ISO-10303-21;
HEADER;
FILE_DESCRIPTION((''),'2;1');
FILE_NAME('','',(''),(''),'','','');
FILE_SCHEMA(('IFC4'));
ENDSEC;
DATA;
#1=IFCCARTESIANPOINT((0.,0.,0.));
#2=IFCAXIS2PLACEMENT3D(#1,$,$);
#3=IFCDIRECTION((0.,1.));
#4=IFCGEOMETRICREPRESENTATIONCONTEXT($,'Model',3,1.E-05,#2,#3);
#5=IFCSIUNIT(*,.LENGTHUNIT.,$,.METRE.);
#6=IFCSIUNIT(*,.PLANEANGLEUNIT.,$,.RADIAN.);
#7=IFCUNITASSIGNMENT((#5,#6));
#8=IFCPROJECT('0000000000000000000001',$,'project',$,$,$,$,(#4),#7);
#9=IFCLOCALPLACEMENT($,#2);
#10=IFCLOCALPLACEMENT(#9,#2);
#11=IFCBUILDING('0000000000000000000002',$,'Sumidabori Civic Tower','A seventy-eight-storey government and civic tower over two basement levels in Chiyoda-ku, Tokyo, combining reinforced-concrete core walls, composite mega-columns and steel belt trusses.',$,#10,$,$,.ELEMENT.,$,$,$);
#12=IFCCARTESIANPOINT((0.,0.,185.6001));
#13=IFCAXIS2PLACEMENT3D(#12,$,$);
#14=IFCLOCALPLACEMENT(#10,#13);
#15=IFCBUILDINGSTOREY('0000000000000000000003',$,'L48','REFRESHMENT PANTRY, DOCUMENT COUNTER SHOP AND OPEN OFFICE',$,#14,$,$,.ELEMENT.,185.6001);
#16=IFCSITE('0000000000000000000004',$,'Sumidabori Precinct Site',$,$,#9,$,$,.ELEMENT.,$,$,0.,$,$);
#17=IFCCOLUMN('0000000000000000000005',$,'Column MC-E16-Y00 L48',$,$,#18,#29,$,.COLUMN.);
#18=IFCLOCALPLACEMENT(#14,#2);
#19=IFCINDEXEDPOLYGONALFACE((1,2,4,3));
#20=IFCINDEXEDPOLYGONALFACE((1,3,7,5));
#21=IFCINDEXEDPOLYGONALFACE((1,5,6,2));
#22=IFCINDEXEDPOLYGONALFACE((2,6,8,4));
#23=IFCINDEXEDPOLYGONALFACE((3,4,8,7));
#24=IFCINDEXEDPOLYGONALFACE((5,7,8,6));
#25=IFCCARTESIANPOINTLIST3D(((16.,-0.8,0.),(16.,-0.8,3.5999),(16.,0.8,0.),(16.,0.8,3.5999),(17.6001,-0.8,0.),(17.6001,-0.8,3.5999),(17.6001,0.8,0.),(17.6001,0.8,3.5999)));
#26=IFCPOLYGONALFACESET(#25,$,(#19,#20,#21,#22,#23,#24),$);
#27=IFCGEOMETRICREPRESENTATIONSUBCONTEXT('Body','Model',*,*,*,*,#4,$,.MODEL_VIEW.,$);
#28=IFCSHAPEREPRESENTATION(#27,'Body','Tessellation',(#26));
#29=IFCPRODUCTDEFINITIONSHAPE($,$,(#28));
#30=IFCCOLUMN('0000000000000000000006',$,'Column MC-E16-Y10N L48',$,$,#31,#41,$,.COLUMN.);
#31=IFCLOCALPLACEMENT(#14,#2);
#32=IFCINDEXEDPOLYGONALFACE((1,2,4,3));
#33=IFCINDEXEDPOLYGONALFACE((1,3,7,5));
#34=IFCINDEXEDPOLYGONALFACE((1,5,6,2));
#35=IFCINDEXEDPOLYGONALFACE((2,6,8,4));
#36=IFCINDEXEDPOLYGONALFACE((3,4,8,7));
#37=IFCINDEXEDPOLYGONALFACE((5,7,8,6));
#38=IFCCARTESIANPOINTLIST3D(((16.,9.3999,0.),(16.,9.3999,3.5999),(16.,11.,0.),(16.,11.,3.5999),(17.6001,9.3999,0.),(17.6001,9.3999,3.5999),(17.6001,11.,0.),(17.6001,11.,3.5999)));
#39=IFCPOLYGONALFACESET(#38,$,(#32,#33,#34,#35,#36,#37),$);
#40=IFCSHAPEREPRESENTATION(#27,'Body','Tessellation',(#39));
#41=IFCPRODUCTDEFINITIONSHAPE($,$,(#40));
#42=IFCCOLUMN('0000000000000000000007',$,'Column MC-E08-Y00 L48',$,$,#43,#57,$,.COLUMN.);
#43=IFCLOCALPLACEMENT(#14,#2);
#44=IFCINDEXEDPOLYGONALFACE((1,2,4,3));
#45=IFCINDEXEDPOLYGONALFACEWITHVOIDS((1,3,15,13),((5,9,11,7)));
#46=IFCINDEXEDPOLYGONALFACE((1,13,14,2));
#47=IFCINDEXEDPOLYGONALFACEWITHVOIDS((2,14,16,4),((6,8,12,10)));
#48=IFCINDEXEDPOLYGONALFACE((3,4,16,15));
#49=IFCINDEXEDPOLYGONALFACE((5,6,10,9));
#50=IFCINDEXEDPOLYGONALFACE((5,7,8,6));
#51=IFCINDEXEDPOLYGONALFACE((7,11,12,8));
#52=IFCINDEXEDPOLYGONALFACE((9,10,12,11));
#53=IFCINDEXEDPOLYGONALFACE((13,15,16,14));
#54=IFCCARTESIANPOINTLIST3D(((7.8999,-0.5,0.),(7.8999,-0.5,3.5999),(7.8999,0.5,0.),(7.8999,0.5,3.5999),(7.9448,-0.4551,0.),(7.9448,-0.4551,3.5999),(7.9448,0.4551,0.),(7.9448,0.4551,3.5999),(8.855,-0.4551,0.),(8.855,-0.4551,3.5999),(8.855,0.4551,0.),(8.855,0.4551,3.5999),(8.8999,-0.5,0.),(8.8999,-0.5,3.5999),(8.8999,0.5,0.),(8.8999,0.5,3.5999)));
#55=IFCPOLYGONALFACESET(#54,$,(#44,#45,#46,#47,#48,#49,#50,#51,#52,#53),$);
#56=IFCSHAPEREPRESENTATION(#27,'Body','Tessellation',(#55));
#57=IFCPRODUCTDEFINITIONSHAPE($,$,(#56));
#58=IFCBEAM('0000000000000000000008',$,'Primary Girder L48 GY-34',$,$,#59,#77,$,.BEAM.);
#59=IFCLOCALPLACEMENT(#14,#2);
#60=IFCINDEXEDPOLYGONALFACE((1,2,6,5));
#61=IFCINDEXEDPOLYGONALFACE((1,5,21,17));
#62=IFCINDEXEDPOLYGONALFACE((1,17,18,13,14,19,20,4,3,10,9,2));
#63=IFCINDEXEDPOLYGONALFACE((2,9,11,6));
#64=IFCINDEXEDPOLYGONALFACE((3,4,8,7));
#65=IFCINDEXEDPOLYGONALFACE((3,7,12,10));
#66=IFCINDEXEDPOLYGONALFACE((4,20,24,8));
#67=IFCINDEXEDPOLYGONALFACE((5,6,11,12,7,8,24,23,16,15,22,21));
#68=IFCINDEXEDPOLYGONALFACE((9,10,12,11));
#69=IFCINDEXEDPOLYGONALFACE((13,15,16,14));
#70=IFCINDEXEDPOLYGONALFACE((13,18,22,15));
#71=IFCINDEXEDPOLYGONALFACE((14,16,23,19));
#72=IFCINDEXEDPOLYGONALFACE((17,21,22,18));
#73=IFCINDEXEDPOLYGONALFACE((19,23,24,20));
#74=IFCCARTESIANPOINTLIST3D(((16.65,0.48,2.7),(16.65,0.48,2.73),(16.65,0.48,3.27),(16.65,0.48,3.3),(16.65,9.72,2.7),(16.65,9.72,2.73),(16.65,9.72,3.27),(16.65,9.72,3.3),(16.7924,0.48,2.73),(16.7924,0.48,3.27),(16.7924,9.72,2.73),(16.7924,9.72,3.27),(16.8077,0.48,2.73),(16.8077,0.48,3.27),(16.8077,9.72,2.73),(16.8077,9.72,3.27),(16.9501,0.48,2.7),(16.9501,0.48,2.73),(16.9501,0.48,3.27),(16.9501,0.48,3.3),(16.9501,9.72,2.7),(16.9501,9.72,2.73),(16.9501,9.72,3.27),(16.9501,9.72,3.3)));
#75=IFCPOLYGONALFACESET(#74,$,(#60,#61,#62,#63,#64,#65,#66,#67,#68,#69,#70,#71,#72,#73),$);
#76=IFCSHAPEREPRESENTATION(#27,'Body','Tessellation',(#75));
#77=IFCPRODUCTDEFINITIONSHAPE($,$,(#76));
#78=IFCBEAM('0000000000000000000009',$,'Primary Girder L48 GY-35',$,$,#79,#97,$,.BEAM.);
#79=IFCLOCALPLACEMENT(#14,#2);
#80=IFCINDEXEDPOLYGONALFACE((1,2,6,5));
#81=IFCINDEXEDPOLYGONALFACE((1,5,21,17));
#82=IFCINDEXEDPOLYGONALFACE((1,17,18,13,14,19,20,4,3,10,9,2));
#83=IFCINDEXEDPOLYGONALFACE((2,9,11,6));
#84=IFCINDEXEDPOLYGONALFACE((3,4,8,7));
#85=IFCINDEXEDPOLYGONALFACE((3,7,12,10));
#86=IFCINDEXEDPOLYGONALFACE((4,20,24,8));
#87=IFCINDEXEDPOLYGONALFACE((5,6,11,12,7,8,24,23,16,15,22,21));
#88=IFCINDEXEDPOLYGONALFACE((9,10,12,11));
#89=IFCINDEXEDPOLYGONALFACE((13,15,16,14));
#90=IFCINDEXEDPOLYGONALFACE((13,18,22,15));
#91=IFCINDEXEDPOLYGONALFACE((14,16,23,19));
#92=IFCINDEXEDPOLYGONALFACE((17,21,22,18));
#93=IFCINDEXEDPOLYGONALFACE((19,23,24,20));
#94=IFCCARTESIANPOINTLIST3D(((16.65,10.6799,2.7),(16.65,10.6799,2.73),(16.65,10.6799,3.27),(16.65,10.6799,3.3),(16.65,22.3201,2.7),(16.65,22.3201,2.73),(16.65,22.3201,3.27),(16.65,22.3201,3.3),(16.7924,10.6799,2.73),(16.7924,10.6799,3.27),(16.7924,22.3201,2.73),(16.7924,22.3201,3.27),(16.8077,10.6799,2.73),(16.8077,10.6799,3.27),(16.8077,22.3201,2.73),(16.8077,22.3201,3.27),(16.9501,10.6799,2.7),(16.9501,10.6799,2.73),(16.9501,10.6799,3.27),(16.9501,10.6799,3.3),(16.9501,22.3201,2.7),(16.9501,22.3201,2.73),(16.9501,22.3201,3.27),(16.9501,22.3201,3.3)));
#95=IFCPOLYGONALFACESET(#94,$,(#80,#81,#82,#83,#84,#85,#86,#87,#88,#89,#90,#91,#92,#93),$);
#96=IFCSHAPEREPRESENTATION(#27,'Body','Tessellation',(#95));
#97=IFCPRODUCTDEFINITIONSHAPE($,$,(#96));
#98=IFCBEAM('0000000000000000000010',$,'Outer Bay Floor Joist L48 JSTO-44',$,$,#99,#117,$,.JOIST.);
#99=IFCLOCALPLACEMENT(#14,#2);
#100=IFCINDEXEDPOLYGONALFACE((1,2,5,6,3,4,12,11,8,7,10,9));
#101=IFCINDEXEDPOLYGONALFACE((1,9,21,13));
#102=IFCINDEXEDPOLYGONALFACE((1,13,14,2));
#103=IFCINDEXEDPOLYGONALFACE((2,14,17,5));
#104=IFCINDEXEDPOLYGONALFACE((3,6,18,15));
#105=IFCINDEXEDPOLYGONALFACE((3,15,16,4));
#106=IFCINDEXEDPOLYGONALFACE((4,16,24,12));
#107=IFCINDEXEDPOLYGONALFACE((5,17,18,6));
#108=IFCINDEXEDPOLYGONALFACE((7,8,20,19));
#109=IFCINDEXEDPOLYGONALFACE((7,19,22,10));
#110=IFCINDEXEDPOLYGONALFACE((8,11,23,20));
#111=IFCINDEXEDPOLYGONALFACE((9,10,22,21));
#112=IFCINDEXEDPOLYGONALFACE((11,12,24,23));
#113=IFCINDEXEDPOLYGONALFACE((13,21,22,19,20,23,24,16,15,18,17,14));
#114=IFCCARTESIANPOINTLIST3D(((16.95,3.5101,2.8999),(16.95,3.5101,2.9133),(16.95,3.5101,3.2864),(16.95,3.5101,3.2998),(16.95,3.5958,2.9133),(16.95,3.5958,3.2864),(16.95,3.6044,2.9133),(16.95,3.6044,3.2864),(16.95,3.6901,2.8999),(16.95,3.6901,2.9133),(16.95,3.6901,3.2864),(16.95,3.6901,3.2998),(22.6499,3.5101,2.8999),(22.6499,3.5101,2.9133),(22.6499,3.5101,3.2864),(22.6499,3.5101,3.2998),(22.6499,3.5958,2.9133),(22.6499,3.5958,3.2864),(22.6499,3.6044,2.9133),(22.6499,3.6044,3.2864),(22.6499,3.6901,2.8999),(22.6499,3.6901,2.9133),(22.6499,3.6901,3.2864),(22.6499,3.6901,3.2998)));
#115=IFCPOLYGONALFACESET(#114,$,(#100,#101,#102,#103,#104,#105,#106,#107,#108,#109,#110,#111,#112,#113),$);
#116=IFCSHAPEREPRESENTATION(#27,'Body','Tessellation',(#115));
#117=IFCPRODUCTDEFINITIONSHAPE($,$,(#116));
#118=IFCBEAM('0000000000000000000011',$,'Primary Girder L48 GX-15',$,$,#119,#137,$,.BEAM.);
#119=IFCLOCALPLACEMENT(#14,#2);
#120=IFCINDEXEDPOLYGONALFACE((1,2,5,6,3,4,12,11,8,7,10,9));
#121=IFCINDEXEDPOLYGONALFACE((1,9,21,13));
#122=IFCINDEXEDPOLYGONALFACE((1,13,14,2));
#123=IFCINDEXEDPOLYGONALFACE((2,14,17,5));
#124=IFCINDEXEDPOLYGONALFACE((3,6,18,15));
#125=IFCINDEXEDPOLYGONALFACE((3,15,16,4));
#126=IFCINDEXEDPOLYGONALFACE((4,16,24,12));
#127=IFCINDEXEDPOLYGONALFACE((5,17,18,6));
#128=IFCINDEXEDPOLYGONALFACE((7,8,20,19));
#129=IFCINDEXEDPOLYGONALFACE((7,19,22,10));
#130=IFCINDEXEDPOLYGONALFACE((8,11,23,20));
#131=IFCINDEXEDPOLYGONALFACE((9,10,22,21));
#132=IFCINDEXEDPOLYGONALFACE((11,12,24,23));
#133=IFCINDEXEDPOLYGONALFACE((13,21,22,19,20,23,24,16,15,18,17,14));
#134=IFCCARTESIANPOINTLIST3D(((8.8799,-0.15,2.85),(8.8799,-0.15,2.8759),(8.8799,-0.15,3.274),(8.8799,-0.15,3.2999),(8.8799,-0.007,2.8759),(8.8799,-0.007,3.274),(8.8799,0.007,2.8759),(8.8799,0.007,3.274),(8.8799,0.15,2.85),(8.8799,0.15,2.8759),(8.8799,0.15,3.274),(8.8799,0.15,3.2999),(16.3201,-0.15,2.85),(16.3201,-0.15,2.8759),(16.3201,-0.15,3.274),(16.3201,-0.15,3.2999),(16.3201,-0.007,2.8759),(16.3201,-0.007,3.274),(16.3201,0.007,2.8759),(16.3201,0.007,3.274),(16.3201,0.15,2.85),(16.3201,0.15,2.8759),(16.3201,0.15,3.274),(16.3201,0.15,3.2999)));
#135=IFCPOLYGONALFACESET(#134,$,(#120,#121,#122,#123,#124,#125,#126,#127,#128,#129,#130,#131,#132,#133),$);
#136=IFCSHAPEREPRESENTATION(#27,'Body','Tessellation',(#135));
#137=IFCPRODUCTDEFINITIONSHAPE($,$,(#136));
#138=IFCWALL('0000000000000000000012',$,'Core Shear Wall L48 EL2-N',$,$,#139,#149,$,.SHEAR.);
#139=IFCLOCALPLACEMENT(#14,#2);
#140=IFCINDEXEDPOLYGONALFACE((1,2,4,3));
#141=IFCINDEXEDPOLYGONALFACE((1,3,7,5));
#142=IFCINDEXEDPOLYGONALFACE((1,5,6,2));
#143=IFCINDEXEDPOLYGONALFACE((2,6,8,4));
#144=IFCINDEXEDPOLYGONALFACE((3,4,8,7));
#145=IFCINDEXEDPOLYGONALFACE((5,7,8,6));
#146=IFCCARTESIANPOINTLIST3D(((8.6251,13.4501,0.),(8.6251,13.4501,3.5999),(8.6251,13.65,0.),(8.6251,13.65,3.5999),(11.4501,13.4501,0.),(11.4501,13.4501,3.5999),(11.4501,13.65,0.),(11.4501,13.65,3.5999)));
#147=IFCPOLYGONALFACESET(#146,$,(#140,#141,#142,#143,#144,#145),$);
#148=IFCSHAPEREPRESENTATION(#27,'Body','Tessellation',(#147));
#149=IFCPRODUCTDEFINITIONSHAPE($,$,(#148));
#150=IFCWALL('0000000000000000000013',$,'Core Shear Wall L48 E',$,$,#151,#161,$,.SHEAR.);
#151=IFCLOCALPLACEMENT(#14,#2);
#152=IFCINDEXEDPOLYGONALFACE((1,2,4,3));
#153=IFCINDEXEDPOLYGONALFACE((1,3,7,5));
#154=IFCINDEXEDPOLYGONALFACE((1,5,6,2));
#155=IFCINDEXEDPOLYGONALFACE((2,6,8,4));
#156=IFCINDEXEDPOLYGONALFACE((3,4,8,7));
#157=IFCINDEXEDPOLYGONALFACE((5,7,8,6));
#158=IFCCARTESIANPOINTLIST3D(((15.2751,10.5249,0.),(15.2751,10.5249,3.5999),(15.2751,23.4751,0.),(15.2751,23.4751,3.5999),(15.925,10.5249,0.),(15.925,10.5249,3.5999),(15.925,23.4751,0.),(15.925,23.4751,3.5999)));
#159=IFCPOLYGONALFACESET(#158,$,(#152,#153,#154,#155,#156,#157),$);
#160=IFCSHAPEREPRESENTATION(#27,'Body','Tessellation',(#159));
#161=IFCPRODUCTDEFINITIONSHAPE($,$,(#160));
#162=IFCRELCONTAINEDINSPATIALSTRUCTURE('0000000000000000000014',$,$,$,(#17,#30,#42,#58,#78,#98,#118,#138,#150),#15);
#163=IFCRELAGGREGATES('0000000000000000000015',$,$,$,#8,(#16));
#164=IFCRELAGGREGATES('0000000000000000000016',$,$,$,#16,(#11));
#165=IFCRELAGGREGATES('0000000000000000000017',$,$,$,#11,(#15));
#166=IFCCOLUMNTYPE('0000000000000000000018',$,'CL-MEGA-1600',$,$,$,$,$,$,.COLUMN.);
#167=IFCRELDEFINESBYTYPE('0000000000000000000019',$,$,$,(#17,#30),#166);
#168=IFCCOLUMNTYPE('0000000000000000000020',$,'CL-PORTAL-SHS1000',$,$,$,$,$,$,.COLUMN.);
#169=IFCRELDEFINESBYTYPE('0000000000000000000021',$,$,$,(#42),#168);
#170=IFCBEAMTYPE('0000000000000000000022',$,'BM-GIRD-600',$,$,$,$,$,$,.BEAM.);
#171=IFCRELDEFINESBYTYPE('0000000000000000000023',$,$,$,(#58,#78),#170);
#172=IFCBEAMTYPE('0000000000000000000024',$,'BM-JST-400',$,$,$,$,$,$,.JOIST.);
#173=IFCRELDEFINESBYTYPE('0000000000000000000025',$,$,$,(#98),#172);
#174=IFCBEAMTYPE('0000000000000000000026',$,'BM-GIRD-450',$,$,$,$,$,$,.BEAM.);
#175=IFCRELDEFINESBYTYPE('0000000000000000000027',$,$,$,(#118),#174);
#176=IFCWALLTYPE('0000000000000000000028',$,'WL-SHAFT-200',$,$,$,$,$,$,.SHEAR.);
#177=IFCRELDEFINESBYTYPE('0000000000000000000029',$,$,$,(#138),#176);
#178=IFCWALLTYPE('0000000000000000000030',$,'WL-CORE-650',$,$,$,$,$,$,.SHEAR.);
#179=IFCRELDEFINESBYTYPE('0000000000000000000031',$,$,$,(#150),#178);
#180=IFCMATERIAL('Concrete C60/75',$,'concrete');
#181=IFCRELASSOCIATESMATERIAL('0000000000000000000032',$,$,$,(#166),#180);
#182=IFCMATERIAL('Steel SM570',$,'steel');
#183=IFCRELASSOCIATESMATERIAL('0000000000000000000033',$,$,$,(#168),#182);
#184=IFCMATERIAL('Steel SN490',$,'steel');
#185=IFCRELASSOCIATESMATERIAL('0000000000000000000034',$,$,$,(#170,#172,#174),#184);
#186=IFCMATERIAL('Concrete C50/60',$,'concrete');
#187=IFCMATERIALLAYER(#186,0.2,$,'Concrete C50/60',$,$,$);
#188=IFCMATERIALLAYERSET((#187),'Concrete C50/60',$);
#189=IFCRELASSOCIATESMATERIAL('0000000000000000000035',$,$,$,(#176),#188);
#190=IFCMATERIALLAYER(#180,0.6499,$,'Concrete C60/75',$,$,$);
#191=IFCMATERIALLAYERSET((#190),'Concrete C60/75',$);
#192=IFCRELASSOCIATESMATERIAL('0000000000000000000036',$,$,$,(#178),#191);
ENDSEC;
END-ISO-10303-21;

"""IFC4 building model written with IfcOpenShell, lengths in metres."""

from ifc_helpers import new_model, si_unit, direction, frame, frame_2d, origin, origin_2d, place, context, subcontext, project, spatial, rectangle, hollow_rectangle, i_section, extrude, source, transform, mapped, material, layer, layer_set, material_profile, profile_set, type_object, element, save


model = new_model("IFC4")

# Units and contexts
model_context = context("Model", 3, precision=1e-05, world=origin(), true_north=direction((0.0, 1.0)))
body_context = subcontext(model_context, "Body", "Model", "MODEL_VIEW")
ifc_project = project(units=[si_unit("LENGTHUNIT", "METRE"), si_unit("PLANEANGLEUNIT", "RADIAN")], contexts=[model_context])

# Site, building, storey
site_placement = place(None, origin())
site = spatial("IfcSite", under=ifc_project, at=site_placement, Name="Sumidabori Precinct Site", CompositionType="ELEMENT", RefElevation=0.0)
building_placement = place(site_placement, origin())
building = spatial("IfcBuilding", under=site, at=building_placement, Name="Sumidabori Civic Tower", Description="A seventy-eight-storey government and civic tower over two basement levels in Chiyoda-ku, Tokyo, combining reinforced-concrete core walls, composite mega-columns and steel belt trusses.", CompositionType="ELEMENT")
storey_placement = place(building_placement, frame((0.0, 0.0, 185.6001)))
storey = spatial("IfcBuildingStorey", under=building, at=storey_placement, Name="L48", Description="REFRESHMENT PANTRY, DOCUMENT COUNTER SHOP AND OPEN OFFICE", CompositionType="ELEMENT", Elevation=185.6001)

# Columns
ifc_material_1 = material(Name="Concrete C60/75", Category="concrete")
ifc_material_profile_1 = material_profile(ifc_material_1, rectangle(XDim=1.6001, YDim=1.6001, at=origin_2d()), Name="RC 1600x1600")
ifc_profile_set_1 = profile_set([ifc_material_profile_1], Name="Concrete C60/75")
column_type_1 = type_object("IfcColumnType", Name="CL-MEGA-1600", PredefinedType="COLUMN", material=ifc_profile_set_1)
shared_shape_1 = source(origin(), body_context, "Body", "SweptSolid", [
    extrude(rectangle(XDim=1.6001, YDim=1.6001, at=origin_2d()), origin(), (0.0, 0.0, 1.0), 3.5999),
])
for number, where, z_axis, x_axis, name in (
    (1, (16.8, 0.0, 0.0), (0.0, 0.0, 1.0), (1.0, 0.0, 0.0), "Column MC-E16-Y00 L48"),
    (2, (16.8, 10.2, 0.0), (0.0, 0.0, 1.0), (1.0, 0.0, 0.0), "Column MC-E16-Y10N L48"),
):
    element("IfcColumn", number, at=place(storey_placement, frame(where, z_axis=z_axis, x_axis=x_axis)), inside=storey, type_object=column_type_1, Name=name, PredefinedType="COLUMN", context=body_context, shape_type="MappedRepresentation", body=[
        mapped(shared_shape_1, transform((0.0, 0.0, 0.0), x_axis=(1.0, 0.0, 0.0), y_axis=(0.0, 1.0, 0.0), z_axis=(0.0, 0.0, 1.0), scale=1.0)),
    ])
ifc_material_2 = material(Name="Steel SM570", Category="steel")
ifc_material_profile_2 = material_profile(ifc_material_2, hollow_rectangle(XDim=1.0, YDim=1.0, WallThickness=0.0449, at=origin_2d()), Name="SHS 1000x1000x45")
ifc_profile_set_2 = profile_set([ifc_material_profile_2], Name="Steel SM570")
column_type_2 = type_object("IfcColumnType", Name="CL-PORTAL-SHS1000", PredefinedType="COLUMN", material=ifc_profile_set_2)
shared_shape_2 = source(origin(), body_context, "Body", "SweptSolid", [
    extrude(hollow_rectangle(XDim=1.0, YDim=1.0, WallThickness=0.0449, at=origin_2d()), origin(), (0.0, 0.0, 1.0), 3.5999),
])
column_placement = place(storey_placement, frame((8.3999, 0.0, 0.0), z_axis=(0.0, 0.0, 1.0), x_axis=(1.0, 0.0, 0.0)))
element("IfcColumn", 3, at=column_placement, inside=storey, type_object=column_type_2, Name="Column MC-E08-Y00 L48", PredefinedType="COLUMN", context=body_context, shape_type="MappedRepresentation", body=[
    mapped(shared_shape_2, transform((0.0, 0.0, 0.0), x_axis=(1.0, 0.0, 0.0), y_axis=(0.0, 1.0, 0.0), z_axis=(0.0, 0.0, 1.0), scale=1.0)),
])

# Beams
ifc_material_3 = material(Name="Steel SN490", Category="steel")
ifc_material_profile_3 = material_profile(ifc_material_3, i_section(OverallWidth=0.3, OverallDepth=0.6001, WebThickness=0.0154, FlangeThickness=0.03, at=origin_2d()), Name="HE 600 B")
ifc_profile_set_3 = profile_set([ifc_material_profile_3], Name="Steel SN490")
beam_type_1 = type_object("IfcBeamType", Name="BM-GIRD-600", PredefinedType="BEAM", material=ifc_profile_set_3)
shared_shape_3 = source(origin(), body_context, "Body", "SweptSolid", [
    extrude(i_section(OverallWidth=0.3, OverallDepth=0.6001, WebThickness=0.0154, FlangeThickness=0.03, at=origin_2d()), origin(), (0.0, 0.0, 1.0), 9.24),
])
beam_1_placement = place(storey_placement, frame((16.8, 0.48, 3.0), z_axis=(0.0, 1.0, 0.0), x_axis=(-1.0, 0.0, 0.0)))
element("IfcBeam", 4, at=beam_1_placement, inside=storey, type_object=beam_type_1, Name="Primary Girder L48 GY-34", PredefinedType="BEAM", context=body_context, shape_type="MappedRepresentation", body=[
    mapped(shared_shape_3, transform((0.0, 0.0, 0.0), x_axis=(1.0, 0.0, 0.0), y_axis=(0.0, 1.0, 0.0), z_axis=(0.0, 0.0, 1.0), scale=1.0)),
])
shared_shape_4 = source(origin(), body_context, "Body", "SweptSolid", [
    extrude(i_section(OverallWidth=0.3, OverallDepth=0.6001, WebThickness=0.0154, FlangeThickness=0.03, at=origin_2d()), origin(), (0.0, 0.0, 1.0), 11.6401),
])
beam_2_placement = place(storey_placement, frame((16.8, 10.6799, 3.0), z_axis=(0.0, 1.0, 0.0), x_axis=(-1.0, 0.0, 0.0)))
element("IfcBeam", 5, at=beam_2_placement, inside=storey, type_object=beam_type_1, Name="Primary Girder L48 GY-35", PredefinedType="BEAM", context=body_context, shape_type="MappedRepresentation", body=[
    mapped(shared_shape_4, transform((0.0, 0.0, 0.0), x_axis=(1.0, 0.0, 0.0), y_axis=(0.0, 1.0, 0.0), z_axis=(0.0, 0.0, 1.0), scale=1.0)),
])
ifc_material_profile_4 = material_profile(ifc_material_3, i_section(OverallWidth=0.1799, OverallDepth=0.3999, WebThickness=0.0085, FlangeThickness=0.0134, at=origin_2d()), Name="IPE 400")
ifc_profile_set_4 = profile_set([ifc_material_profile_4], Name="Steel SN490")
beam_type_2 = type_object("IfcBeamType", Name="BM-JST-400", PredefinedType="JOIST", material=ifc_profile_set_4)
shared_shape_5 = source(origin(), body_context, "Body", "SweptSolid", [
    extrude(i_section(OverallWidth=0.1799, OverallDepth=0.3999, WebThickness=0.0085, FlangeThickness=0.0134, at=origin_2d()), origin(), (0.0, 0.0, 1.0), 5.7),
])
beam_3_placement = place(storey_placement, frame((16.95, 3.6001, 3.0999), z_axis=(1.0, 0.0, 0.0), x_axis=(0.0, 1.0, 0.0)))
element("IfcBeam", 6, at=beam_3_placement, inside=storey, type_object=beam_type_2, Name="Outer Bay Floor Joist L48 JSTO-44", PredefinedType="JOIST", context=body_context, shape_type="MappedRepresentation", body=[
    mapped(shared_shape_5, transform((0.0, 0.0, 0.0), x_axis=(1.0, 0.0, 0.0), y_axis=(0.0, 1.0, 0.0), z_axis=(0.0, 0.0, 1.0), scale=1.0)),
])
ifc_material_profile_5 = material_profile(ifc_material_3, i_section(OverallWidth=0.3, OverallDepth=0.45, WebThickness=0.0139, FlangeThickness=0.0259, at=origin_2d()), Name="HE 450 B")
ifc_profile_set_5 = profile_set([ifc_material_profile_5], Name="Steel SN490")
beam_type_3 = type_object("IfcBeamType", Name="BM-GIRD-450", PredefinedType="BEAM", material=ifc_profile_set_5)
shared_shape_6 = source(origin(), body_context, "Body", "SweptSolid", [
    extrude(i_section(OverallWidth=0.3, OverallDepth=0.45, WebThickness=0.0139, FlangeThickness=0.0259, at=origin_2d()), origin(), (0.0, 0.0, 1.0), 7.4402),
])
beam_4_placement = place(storey_placement, frame((8.8799, 0.0, 3.075), z_axis=(1.0, 0.0, 0.0), x_axis=(0.0, 1.0, 0.0)))
element("IfcBeam", 7, at=beam_4_placement, inside=storey, type_object=beam_type_3, Name="Primary Girder L48 GX-15", PredefinedType="BEAM", context=body_context, shape_type="MappedRepresentation", body=[
    mapped(shared_shape_6, transform((0.0, 0.0, 0.0), x_axis=(1.0, 0.0, 0.0), y_axis=(0.0, 1.0, 0.0), z_axis=(0.0, 0.0, 1.0), scale=1.0)),
])

# Walls
ifc_material_4 = material(Name="Concrete C50/60", Category="concrete")
ifc_layer_1 = layer(ifc_material_4, 0.2, Name="Concrete C50/60")
ifc_layer_set_1 = layer_set([ifc_layer_1], Name="Concrete C50/60")
wall_type_1 = type_object("IfcWallType", Name="WL-SHAFT-200", PredefinedType="SHEAR", material=ifc_layer_set_1)
shared_shape_7 = source(origin(), body_context, "Body", "SweptSolid", [
    extrude(rectangle(XDim=2.825, YDim=0.2, at=frame_2d((1.4126, 0.0))), origin(), (0.0, 0.0, 1.0), 3.5999),
])
wall_1_placement = place(storey_placement, frame((8.625, 13.55, 0.0), z_axis=(0.0, 0.0, 1.0), x_axis=(1.0, 0.0, 0.0)))
element("IfcWall", 8, at=wall_1_placement, inside=storey, type_object=wall_type_1, Name="Core Shear Wall L48 EL2-N", PredefinedType="SHEAR", context=body_context, shape_type="MappedRepresentation", body=[
    mapped(shared_shape_7, transform((0.0, 0.0, 0.0), x_axis=(1.0, 0.0, 0.0), y_axis=(0.0, 1.0, 0.0), z_axis=(0.0, 0.0, 1.0), scale=1.0)),
])
ifc_layer_2 = layer(ifc_material_1, 0.6499, Name="Concrete C60/75")
ifc_layer_set_2 = layer_set([ifc_layer_2], Name="Concrete C60/75")
wall_type_2 = type_object("IfcWallType", Name="WL-CORE-650", PredefinedType="SHEAR", material=ifc_layer_set_2)
shared_shape_8 = source(origin(), body_context, "Body", "SweptSolid", [
    extrude(rectangle(XDim=12.9502, YDim=0.6499, at=frame_2d((6.4751, 0.0))), origin(), (0.0, 0.0, 1.0), 3.5999),
])
wall_2_placement = place(storey_placement, frame((15.6001, 10.5249, 0.0), z_axis=(0.0, 0.0, 1.0), x_axis=(0.0, 1.0, 0.0)))
element("IfcWall", 9, at=wall_2_placement, inside=storey, type_object=wall_type_2, Name="Core Shear Wall L48 E", PredefinedType="SHEAR", context=body_context, shape_type="MappedRepresentation", body=[
    mapped(shared_shape_8, transform((0.0, 0.0, 0.0), x_axis=(1.0, 0.0, 0.0), y_axis=(0.0, 1.0, 0.0), z_axis=(0.0, 0.0, 1.0), scale=1.0)),
])

save(model, "model.ifc")
